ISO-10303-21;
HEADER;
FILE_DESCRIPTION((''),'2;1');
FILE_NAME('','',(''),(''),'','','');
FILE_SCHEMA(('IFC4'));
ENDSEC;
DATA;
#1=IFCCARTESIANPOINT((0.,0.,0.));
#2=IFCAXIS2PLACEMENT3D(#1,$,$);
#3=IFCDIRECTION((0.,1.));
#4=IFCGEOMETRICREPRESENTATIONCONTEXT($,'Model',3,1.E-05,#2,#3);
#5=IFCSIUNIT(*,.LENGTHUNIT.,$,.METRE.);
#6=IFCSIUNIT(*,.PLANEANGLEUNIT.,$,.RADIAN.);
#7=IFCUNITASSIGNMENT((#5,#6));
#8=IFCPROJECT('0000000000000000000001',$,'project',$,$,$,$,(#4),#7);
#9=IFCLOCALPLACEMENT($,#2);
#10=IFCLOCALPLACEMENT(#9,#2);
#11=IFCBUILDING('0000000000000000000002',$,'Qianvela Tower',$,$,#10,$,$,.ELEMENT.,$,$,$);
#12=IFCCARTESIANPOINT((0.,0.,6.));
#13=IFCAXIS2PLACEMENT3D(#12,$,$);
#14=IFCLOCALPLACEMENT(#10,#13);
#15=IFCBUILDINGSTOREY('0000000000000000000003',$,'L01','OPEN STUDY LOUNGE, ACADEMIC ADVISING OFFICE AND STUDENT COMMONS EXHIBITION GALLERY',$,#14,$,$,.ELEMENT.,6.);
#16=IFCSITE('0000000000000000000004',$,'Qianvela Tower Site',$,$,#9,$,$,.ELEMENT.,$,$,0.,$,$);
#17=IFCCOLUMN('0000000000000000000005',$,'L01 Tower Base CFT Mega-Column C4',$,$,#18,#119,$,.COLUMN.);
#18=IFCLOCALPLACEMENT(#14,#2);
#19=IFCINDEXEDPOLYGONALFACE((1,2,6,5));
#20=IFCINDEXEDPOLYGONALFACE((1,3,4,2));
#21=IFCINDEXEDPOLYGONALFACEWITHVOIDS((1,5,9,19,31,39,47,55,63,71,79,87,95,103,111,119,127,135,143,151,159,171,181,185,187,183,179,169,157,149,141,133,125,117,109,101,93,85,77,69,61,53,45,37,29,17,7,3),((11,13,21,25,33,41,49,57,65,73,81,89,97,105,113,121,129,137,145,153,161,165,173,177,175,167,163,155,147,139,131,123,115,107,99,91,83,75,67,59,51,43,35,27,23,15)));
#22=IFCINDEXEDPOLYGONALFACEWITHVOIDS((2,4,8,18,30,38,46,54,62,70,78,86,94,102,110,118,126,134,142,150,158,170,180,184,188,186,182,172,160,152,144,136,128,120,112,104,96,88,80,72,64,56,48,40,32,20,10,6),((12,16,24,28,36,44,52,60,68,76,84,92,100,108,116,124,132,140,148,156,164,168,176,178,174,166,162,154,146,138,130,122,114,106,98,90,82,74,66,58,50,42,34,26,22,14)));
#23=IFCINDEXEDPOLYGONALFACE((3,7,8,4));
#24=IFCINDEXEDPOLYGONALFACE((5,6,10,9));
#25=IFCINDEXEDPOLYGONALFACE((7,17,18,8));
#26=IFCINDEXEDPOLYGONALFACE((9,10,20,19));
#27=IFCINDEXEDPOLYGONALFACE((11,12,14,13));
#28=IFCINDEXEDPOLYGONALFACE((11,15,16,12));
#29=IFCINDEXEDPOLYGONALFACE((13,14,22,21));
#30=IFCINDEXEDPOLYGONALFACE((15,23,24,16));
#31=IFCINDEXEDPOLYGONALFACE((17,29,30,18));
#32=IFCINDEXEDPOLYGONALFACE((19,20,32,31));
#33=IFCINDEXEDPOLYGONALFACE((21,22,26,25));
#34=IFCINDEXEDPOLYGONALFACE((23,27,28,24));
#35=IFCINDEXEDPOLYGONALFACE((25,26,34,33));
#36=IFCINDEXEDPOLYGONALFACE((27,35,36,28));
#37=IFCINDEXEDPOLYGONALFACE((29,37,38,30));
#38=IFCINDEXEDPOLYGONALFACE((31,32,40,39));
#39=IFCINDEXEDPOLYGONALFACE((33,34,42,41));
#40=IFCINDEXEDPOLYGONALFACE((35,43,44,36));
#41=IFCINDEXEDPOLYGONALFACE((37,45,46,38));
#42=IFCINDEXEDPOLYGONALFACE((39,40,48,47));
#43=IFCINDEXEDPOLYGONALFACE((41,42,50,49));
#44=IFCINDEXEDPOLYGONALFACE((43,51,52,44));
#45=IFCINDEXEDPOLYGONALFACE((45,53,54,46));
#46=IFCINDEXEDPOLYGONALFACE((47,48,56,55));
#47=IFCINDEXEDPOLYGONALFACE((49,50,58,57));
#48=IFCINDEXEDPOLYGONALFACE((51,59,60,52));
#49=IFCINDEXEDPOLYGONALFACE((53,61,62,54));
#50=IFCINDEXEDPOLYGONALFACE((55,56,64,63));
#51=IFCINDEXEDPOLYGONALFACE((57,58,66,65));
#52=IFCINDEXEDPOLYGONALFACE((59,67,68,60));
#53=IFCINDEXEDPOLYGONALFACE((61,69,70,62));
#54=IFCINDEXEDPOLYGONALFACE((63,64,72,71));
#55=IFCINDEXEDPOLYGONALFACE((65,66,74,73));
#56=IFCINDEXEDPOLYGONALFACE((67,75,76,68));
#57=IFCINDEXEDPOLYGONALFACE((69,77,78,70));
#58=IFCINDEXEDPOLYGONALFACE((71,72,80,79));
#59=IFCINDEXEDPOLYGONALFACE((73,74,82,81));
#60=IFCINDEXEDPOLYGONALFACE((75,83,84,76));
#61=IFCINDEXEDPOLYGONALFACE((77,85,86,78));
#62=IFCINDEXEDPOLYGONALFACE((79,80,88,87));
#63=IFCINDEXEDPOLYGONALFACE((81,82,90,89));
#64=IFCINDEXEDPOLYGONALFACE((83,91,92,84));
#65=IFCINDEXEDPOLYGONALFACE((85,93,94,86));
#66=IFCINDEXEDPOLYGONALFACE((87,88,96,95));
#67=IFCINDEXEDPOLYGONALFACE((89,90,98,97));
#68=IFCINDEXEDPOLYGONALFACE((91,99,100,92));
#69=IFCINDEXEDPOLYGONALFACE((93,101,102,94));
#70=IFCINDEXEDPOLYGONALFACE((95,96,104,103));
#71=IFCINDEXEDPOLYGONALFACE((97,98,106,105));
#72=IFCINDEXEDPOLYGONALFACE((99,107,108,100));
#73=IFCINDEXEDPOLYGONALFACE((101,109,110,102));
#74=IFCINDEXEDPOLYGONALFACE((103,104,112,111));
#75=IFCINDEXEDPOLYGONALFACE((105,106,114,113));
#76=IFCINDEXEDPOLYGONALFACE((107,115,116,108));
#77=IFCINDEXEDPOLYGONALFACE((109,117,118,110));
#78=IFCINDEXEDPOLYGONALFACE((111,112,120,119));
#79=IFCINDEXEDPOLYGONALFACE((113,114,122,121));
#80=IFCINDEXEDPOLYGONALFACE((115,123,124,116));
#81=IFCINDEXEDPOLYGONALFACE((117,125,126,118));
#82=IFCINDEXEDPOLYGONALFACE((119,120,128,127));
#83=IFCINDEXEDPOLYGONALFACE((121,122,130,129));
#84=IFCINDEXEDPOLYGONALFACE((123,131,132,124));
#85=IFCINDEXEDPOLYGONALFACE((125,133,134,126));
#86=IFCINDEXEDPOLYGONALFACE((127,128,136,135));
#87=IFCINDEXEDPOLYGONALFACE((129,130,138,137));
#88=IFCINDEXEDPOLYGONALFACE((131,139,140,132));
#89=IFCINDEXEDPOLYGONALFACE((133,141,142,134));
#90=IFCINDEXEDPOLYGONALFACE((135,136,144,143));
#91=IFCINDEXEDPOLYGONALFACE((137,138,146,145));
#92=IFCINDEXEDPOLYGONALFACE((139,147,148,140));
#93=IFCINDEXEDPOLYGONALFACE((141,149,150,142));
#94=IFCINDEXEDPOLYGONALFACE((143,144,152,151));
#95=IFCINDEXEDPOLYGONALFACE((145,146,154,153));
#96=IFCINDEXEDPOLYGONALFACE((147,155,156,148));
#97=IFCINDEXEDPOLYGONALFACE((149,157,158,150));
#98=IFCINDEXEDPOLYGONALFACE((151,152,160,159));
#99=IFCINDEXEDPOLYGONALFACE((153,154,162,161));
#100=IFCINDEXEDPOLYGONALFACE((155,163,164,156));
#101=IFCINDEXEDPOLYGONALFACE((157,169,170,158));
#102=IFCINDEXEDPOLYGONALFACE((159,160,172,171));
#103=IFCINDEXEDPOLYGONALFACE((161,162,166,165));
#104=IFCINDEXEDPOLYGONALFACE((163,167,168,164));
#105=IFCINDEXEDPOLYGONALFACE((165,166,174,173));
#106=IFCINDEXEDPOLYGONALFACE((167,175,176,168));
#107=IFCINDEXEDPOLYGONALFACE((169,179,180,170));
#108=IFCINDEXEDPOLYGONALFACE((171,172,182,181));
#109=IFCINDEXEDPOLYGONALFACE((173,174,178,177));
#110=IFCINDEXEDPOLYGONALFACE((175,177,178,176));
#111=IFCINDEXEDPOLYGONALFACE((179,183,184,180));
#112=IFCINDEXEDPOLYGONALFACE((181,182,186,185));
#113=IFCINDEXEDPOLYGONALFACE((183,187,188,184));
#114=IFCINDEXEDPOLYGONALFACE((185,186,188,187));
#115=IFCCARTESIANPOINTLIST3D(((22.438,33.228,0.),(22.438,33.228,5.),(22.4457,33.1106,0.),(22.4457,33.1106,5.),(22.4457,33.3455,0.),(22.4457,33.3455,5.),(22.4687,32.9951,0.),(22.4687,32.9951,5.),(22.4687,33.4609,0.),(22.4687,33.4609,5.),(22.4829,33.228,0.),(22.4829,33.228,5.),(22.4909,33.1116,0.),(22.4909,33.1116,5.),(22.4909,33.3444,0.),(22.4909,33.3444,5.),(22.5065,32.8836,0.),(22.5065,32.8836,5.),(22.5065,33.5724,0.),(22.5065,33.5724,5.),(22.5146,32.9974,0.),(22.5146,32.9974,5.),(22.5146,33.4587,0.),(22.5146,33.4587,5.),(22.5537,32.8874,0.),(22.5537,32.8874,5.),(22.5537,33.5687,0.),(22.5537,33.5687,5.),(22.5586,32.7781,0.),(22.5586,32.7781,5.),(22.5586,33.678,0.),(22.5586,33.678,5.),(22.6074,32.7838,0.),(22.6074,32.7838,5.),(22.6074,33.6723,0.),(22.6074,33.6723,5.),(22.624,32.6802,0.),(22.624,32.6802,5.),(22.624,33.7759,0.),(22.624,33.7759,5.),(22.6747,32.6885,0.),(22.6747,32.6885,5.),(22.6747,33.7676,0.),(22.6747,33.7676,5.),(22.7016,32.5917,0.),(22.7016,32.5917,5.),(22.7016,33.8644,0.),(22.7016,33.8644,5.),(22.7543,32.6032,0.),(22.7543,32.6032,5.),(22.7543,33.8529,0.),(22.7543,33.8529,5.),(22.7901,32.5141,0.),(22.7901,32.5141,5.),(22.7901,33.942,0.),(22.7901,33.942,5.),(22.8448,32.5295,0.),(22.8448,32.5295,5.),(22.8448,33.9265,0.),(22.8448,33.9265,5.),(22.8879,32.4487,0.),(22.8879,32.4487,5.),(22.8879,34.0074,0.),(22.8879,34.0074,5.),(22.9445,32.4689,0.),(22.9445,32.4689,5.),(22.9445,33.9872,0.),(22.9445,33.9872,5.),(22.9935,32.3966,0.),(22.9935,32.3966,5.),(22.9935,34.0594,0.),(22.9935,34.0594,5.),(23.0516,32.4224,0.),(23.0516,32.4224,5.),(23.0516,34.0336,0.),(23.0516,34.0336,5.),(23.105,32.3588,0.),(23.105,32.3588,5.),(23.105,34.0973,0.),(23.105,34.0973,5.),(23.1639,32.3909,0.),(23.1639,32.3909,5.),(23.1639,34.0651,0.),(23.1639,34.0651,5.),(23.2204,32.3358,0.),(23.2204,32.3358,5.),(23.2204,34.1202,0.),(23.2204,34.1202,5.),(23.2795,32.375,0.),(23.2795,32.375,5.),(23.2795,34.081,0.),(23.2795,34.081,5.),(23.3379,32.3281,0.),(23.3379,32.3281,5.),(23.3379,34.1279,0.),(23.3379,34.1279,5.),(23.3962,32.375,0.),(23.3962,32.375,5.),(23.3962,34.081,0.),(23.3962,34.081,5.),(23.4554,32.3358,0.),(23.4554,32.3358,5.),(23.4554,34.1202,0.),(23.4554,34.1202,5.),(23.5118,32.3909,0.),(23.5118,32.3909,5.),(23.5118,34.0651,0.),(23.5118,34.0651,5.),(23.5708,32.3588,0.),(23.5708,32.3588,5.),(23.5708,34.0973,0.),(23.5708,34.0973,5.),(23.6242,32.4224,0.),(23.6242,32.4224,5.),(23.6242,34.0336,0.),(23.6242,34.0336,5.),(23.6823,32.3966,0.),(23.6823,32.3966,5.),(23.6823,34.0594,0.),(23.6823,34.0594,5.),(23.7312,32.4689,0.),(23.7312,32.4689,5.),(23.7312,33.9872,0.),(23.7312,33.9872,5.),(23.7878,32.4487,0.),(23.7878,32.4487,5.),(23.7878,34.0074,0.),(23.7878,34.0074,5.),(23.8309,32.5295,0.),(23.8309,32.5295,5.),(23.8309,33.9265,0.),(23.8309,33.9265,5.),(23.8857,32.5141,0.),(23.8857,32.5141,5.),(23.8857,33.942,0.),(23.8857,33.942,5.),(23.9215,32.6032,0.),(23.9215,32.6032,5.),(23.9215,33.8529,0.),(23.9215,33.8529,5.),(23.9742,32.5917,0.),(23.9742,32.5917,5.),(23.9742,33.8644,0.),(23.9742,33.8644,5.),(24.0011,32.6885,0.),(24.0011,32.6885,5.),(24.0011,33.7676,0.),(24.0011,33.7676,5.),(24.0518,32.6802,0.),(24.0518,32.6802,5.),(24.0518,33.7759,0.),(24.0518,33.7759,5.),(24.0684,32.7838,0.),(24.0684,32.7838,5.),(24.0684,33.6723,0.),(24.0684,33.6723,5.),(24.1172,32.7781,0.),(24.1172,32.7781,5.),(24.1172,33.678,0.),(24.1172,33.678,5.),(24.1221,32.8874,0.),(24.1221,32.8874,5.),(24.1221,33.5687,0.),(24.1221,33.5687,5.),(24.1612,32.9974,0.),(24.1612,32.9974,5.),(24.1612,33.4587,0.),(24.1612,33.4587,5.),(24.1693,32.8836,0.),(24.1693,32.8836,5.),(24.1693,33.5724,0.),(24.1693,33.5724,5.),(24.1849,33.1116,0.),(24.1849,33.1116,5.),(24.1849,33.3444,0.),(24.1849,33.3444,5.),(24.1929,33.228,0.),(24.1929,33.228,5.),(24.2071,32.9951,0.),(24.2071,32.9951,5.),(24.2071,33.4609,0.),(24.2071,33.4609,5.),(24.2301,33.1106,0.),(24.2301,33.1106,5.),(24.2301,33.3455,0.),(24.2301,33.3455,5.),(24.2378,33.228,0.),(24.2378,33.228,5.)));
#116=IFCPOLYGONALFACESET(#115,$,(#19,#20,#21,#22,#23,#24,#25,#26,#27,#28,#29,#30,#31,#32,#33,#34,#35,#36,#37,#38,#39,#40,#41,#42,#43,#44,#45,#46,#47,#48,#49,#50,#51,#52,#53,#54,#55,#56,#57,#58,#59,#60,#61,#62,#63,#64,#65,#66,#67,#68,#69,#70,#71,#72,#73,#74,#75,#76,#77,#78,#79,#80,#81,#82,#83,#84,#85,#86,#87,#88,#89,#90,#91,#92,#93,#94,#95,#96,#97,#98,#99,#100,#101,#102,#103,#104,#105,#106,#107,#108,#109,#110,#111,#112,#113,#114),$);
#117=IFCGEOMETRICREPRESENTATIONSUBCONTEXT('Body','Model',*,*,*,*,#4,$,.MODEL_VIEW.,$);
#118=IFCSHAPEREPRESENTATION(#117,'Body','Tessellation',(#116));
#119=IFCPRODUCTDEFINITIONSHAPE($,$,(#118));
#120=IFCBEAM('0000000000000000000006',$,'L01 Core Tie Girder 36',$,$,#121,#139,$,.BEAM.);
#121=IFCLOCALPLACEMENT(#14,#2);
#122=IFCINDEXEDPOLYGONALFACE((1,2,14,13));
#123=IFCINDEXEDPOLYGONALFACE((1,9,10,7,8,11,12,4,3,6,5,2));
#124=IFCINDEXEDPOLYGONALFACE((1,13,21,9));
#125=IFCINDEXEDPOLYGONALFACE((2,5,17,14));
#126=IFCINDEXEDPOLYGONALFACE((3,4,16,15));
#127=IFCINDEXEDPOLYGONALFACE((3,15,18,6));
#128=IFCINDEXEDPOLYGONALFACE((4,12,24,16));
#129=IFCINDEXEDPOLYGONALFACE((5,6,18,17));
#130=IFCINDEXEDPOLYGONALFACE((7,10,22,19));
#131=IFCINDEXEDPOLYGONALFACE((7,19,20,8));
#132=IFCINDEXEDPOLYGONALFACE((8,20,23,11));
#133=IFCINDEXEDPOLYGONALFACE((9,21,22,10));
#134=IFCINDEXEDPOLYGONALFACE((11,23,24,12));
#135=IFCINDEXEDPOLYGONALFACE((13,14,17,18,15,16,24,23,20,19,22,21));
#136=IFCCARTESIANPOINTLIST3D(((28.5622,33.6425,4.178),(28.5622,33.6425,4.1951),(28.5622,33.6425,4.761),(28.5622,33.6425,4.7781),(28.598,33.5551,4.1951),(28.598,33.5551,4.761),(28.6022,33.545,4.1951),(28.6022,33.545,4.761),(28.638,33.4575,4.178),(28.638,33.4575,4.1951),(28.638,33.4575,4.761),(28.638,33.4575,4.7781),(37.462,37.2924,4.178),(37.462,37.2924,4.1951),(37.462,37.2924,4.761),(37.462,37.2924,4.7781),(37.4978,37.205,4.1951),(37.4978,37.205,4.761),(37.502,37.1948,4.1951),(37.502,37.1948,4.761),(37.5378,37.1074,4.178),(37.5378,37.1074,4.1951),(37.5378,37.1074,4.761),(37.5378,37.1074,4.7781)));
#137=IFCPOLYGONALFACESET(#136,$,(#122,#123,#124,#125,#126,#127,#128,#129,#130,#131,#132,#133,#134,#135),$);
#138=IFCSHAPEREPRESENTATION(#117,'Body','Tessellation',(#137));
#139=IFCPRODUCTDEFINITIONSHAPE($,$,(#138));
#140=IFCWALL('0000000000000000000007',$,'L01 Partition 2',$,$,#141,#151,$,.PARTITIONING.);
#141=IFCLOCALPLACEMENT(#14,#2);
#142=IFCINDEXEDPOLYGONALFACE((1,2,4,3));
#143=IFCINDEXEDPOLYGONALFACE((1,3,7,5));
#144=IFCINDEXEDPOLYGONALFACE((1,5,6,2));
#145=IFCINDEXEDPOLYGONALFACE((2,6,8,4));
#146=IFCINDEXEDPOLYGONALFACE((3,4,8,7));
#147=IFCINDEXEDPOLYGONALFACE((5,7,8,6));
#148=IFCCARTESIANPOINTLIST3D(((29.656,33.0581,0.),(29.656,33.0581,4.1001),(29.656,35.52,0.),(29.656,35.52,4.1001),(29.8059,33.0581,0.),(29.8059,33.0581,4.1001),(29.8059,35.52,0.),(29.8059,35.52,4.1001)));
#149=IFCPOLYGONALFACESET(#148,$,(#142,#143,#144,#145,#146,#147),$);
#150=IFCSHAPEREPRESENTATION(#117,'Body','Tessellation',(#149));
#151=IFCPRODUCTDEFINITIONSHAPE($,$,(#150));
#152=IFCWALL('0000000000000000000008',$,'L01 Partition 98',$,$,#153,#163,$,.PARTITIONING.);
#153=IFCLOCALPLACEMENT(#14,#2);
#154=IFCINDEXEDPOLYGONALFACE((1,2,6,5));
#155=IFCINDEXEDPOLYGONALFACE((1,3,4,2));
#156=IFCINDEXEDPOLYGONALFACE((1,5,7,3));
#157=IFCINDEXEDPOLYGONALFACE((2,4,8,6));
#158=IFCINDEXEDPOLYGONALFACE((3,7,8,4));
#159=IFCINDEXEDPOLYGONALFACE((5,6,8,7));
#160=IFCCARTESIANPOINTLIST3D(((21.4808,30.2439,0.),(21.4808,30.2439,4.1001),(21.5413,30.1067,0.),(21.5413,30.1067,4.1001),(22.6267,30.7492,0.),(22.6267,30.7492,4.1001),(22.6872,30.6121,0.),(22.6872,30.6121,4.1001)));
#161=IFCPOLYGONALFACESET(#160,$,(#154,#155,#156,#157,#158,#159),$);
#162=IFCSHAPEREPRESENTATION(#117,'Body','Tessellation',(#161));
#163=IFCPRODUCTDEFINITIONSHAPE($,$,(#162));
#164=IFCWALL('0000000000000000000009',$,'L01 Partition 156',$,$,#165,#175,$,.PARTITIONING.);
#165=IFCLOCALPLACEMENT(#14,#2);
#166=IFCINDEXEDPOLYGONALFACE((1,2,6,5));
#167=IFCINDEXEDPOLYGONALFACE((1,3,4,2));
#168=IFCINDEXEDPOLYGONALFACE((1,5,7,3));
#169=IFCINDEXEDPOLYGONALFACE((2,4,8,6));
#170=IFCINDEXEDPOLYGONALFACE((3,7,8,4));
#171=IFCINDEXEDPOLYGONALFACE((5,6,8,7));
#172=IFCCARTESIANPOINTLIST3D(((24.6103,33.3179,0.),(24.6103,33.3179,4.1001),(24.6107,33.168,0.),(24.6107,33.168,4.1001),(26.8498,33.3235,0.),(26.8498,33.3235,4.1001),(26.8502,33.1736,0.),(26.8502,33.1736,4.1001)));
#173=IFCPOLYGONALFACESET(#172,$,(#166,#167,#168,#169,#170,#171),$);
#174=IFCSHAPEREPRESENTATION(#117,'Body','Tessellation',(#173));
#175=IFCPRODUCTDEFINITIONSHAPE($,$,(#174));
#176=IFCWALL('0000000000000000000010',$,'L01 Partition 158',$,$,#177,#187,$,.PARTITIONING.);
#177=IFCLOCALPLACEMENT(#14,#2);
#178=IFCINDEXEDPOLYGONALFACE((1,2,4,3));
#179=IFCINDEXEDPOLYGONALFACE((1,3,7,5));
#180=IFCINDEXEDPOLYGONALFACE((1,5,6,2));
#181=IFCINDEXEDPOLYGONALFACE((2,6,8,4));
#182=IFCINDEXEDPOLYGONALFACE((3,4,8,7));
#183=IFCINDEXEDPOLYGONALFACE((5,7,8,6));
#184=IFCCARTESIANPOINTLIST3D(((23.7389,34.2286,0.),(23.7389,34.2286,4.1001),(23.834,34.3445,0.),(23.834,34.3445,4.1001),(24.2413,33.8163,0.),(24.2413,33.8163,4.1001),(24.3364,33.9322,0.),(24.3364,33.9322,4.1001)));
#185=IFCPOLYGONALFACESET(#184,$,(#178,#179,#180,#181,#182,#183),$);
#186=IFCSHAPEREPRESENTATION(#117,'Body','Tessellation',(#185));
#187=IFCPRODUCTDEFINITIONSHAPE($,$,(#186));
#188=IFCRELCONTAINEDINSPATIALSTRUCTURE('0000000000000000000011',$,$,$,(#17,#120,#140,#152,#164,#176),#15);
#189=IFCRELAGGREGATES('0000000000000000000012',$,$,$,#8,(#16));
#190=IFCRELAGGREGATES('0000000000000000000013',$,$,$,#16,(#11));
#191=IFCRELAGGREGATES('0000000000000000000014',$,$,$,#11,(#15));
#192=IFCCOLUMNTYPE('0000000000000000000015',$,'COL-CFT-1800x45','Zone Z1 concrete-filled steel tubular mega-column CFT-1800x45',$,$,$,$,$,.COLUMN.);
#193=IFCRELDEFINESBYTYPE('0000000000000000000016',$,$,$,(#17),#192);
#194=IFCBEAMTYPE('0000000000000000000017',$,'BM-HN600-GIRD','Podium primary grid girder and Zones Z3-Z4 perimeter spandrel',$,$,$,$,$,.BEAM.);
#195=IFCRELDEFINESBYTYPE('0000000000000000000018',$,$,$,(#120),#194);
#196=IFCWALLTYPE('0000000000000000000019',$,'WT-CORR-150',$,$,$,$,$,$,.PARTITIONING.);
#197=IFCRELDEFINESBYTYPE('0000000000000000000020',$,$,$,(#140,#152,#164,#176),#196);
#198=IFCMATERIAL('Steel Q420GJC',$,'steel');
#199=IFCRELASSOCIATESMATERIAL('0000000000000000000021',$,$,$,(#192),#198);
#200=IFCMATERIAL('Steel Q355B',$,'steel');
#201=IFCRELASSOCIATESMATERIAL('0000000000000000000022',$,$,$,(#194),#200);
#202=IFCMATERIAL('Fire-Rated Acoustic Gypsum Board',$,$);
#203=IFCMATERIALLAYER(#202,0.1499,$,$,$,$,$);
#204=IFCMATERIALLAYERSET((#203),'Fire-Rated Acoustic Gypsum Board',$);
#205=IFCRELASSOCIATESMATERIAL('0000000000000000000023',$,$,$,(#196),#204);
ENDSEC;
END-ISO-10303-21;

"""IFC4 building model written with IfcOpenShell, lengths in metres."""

from ifc_helpers import new_model, si_unit, direction, frame, frame_2d, origin, origin_2d, place, context, subcontext, project, spatial, rectangle, hollow_circle, i_section, extrude, material, layer, layer_set, material_profile, profile_set, type_object, element, save


model = new_model("IFC4")

# Units and contexts
model_context = context("Model", 3, precision=1e-05, world=origin(), true_north=direction((0.0, 1.0)))
body_context = subcontext(model_context, "Body", "Model", "MODEL_VIEW")
ifc_project = project(units=[si_unit("LENGTHUNIT", "METRE"), si_unit("PLANEANGLEUNIT", "RADIAN")], contexts=[model_context])

# Site, building, storey
site_placement = place(None, origin())
site = spatial("IfcSite", under=ifc_project, at=site_placement, Name="Qianvela Tower Site", CompositionType="ELEMENT", RefElevation=0.0)
building_placement = place(site_placement, origin())
building = spatial("IfcBuilding", under=site, at=building_placement, Name="Qianvela Tower", CompositionType="ELEMENT")
storey_placement = place(building_placement, frame((0.0, 0.0, 6.0)))
storey = spatial("IfcBuildingStorey", under=building, at=storey_placement, Name="L01", Description="OPEN STUDY LOUNGE, ACADEMIC ADVISING OFFICE AND STUDENT COMMONS EXHIBITION GALLERY", CompositionType="ELEMENT", Elevation=6.0)

# Column
ifc_material_1 = material(Name="Steel Q420GJC", Category="steel")
ifc_material_profile_1 = material_profile(ifc_material_1, hollow_circle(Radius=0.8999, WallThickness=0.0449, at=origin_2d()), Name="CFT-1800x45")
ifc_profile_set_1 = profile_set([ifc_material_profile_1], Name="Steel Q420GJC")
column_type = type_object("IfcColumnType", Name="COL-CFT-1800x45", Description="Zone Z1 concrete-filled steel tubular mega-column CFT-1800x45", PredefinedType="COLUMN", material=ifc_profile_set_1)
for number, where, z_axis, x_axis, name in (
    (1, (23.3379, 33.228, 0.0), (0.0, 0.0, 1.0), (1.0, 0.0, 0.0), "L01 Tower Base CFT Mega-Column C4"),
):
    element("IfcColumn", number, at=place(storey_placement, frame(where, z_axis=z_axis, x_axis=x_axis)), inside=storey, type_object=column_type, Name=name, PredefinedType="COLUMN", context=body_context, shape_type="SweptSolid", body=[
        extrude(hollow_circle(Radius=0.8999, WallThickness=0.0449, at=origin_2d()), origin(), (0.0, 0.0, 1.0), 5.0),
    ])

# Beam
ifc_material_2 = material(Name="Steel Q355B", Category="steel")
ifc_material_profile_2 = material_profile(ifc_material_2, i_section(OverallWidth=0.2, OverallDepth=0.6001, WebThickness=0.011, FlangeThickness=0.0171, at=origin_2d()), Name="HN600x200x11x17")
ifc_profile_set_2 = profile_set([ifc_material_profile_2], Name="Steel Q355B")
beam_type = type_object("IfcBeamType", Name="BM-HN600-GIRD", Description="Podium primary grid girder and Zones Z3-Z4 perimeter spandrel", PredefinedType="BEAM", material=ifc_profile_set_2)
beam_placement = place(storey_placement, frame((28.6001, 33.55, 4.478), z_axis=(0.925218, 0.379437, 0.0), x_axis=(-0.379437, 0.925218, 0.0)))
element("IfcBeam", 2, at=beam_placement, inside=storey, type_object=beam_type, Name="L01 Core Tie Girder 36", PredefinedType="BEAM", context=body_context, shape_type="SweptSolid", body=[
    extrude(i_section(OverallWidth=0.2, OverallDepth=0.6001, WebThickness=0.011, FlangeThickness=0.0171, at=origin_2d()), origin(), (0.0, 0.0, 1.0), 9.6191),
])

# Walls
ifc_material_3 = material(Name="Fire-Rated Acoustic Gypsum Board")
ifc_layer_1 = layer(ifc_material_3, 0.1499)
ifc_layer_set_1 = layer_set([ifc_layer_1], Name="Fire-Rated Acoustic Gypsum Board")
wall_type_1 = type_object("IfcWallType", Name="WT-CORR-150", PredefinedType="PARTITIONING", material=ifc_layer_set_1)
wall_1_placement = place(storey_placement, frame((29.731, 33.0581, 0.0), z_axis=(0.0, 0.0, 1.0), x_axis=(0.0, 1.0, 0.0)))
element("IfcWall", 3, at=wall_1_placement, inside=storey, type_object=wall_type_1, Name="L01 Partition 2", PredefinedType="PARTITIONING", context=body_context, shape_type="SweptSolid", body=[
    extrude(rectangle(XDim=2.4619, YDim=0.1499, at=frame_2d((1.231, 0.0))), origin(), (0.0, 0.0, 1.0), 4.1001),
])
wall_2_placement = place(storey_placement, frame((22.657, 30.6807, 0.0), z_axis=(0.0, 0.0, 1.0), x_axis=(-0.914981, -0.403496, 0.0)))
element("IfcWall", 4, at=wall_2_placement, inside=storey, type_object=wall_type_1, Name="L01 Partition 98", PredefinedType="PARTITIONING", context=body_context, shape_type="SweptSolid", body=[
    extrude(rectangle(XDim=1.2524, YDim=0.1499, at=frame_2d((0.6262, 0.0))), origin(), (0.0, 0.0, 1.0), 4.1001),
])
wall_3_placement = place(storey_placement, frame((26.8499, 33.2485, 0.0), z_axis=(0.0, 0.0, 1.0), x_axis=(-0.999997, -0.002507, 0.0)))
element("IfcWall", 5, at=wall_3_placement, inside=storey, type_object=wall_type_1, Name="L01 Partition 156", PredefinedType="PARTITIONING", context=body_context, shape_type="SweptSolid", body=[
    extrude(rectangle(XDim=2.2395, YDim=0.1499, at=frame_2d((1.1196, 0.0))), origin(), (0.0, 0.0, 1.0), 4.1001),
])
wall_4_placement = place(storey_placement, frame((24.2888, 33.8743, 0.0), z_axis=(0.0, 0.0, 1.0), x_axis=(-0.773003, 0.634403, 0.0)))
element("IfcWall", 6, at=wall_4_placement, inside=storey, type_object=wall_type_1, Name="L01 Partition 158", PredefinedType="PARTITIONING", context=body_context, shape_type="SweptSolid", body=[
    extrude(rectangle(XDim=0.6499, YDim=0.1499, at=frame_2d((0.325, 0.0))), origin(), (0.0, 0.0, 1.0), 4.1001),
])

save(model, "model.ifc")
